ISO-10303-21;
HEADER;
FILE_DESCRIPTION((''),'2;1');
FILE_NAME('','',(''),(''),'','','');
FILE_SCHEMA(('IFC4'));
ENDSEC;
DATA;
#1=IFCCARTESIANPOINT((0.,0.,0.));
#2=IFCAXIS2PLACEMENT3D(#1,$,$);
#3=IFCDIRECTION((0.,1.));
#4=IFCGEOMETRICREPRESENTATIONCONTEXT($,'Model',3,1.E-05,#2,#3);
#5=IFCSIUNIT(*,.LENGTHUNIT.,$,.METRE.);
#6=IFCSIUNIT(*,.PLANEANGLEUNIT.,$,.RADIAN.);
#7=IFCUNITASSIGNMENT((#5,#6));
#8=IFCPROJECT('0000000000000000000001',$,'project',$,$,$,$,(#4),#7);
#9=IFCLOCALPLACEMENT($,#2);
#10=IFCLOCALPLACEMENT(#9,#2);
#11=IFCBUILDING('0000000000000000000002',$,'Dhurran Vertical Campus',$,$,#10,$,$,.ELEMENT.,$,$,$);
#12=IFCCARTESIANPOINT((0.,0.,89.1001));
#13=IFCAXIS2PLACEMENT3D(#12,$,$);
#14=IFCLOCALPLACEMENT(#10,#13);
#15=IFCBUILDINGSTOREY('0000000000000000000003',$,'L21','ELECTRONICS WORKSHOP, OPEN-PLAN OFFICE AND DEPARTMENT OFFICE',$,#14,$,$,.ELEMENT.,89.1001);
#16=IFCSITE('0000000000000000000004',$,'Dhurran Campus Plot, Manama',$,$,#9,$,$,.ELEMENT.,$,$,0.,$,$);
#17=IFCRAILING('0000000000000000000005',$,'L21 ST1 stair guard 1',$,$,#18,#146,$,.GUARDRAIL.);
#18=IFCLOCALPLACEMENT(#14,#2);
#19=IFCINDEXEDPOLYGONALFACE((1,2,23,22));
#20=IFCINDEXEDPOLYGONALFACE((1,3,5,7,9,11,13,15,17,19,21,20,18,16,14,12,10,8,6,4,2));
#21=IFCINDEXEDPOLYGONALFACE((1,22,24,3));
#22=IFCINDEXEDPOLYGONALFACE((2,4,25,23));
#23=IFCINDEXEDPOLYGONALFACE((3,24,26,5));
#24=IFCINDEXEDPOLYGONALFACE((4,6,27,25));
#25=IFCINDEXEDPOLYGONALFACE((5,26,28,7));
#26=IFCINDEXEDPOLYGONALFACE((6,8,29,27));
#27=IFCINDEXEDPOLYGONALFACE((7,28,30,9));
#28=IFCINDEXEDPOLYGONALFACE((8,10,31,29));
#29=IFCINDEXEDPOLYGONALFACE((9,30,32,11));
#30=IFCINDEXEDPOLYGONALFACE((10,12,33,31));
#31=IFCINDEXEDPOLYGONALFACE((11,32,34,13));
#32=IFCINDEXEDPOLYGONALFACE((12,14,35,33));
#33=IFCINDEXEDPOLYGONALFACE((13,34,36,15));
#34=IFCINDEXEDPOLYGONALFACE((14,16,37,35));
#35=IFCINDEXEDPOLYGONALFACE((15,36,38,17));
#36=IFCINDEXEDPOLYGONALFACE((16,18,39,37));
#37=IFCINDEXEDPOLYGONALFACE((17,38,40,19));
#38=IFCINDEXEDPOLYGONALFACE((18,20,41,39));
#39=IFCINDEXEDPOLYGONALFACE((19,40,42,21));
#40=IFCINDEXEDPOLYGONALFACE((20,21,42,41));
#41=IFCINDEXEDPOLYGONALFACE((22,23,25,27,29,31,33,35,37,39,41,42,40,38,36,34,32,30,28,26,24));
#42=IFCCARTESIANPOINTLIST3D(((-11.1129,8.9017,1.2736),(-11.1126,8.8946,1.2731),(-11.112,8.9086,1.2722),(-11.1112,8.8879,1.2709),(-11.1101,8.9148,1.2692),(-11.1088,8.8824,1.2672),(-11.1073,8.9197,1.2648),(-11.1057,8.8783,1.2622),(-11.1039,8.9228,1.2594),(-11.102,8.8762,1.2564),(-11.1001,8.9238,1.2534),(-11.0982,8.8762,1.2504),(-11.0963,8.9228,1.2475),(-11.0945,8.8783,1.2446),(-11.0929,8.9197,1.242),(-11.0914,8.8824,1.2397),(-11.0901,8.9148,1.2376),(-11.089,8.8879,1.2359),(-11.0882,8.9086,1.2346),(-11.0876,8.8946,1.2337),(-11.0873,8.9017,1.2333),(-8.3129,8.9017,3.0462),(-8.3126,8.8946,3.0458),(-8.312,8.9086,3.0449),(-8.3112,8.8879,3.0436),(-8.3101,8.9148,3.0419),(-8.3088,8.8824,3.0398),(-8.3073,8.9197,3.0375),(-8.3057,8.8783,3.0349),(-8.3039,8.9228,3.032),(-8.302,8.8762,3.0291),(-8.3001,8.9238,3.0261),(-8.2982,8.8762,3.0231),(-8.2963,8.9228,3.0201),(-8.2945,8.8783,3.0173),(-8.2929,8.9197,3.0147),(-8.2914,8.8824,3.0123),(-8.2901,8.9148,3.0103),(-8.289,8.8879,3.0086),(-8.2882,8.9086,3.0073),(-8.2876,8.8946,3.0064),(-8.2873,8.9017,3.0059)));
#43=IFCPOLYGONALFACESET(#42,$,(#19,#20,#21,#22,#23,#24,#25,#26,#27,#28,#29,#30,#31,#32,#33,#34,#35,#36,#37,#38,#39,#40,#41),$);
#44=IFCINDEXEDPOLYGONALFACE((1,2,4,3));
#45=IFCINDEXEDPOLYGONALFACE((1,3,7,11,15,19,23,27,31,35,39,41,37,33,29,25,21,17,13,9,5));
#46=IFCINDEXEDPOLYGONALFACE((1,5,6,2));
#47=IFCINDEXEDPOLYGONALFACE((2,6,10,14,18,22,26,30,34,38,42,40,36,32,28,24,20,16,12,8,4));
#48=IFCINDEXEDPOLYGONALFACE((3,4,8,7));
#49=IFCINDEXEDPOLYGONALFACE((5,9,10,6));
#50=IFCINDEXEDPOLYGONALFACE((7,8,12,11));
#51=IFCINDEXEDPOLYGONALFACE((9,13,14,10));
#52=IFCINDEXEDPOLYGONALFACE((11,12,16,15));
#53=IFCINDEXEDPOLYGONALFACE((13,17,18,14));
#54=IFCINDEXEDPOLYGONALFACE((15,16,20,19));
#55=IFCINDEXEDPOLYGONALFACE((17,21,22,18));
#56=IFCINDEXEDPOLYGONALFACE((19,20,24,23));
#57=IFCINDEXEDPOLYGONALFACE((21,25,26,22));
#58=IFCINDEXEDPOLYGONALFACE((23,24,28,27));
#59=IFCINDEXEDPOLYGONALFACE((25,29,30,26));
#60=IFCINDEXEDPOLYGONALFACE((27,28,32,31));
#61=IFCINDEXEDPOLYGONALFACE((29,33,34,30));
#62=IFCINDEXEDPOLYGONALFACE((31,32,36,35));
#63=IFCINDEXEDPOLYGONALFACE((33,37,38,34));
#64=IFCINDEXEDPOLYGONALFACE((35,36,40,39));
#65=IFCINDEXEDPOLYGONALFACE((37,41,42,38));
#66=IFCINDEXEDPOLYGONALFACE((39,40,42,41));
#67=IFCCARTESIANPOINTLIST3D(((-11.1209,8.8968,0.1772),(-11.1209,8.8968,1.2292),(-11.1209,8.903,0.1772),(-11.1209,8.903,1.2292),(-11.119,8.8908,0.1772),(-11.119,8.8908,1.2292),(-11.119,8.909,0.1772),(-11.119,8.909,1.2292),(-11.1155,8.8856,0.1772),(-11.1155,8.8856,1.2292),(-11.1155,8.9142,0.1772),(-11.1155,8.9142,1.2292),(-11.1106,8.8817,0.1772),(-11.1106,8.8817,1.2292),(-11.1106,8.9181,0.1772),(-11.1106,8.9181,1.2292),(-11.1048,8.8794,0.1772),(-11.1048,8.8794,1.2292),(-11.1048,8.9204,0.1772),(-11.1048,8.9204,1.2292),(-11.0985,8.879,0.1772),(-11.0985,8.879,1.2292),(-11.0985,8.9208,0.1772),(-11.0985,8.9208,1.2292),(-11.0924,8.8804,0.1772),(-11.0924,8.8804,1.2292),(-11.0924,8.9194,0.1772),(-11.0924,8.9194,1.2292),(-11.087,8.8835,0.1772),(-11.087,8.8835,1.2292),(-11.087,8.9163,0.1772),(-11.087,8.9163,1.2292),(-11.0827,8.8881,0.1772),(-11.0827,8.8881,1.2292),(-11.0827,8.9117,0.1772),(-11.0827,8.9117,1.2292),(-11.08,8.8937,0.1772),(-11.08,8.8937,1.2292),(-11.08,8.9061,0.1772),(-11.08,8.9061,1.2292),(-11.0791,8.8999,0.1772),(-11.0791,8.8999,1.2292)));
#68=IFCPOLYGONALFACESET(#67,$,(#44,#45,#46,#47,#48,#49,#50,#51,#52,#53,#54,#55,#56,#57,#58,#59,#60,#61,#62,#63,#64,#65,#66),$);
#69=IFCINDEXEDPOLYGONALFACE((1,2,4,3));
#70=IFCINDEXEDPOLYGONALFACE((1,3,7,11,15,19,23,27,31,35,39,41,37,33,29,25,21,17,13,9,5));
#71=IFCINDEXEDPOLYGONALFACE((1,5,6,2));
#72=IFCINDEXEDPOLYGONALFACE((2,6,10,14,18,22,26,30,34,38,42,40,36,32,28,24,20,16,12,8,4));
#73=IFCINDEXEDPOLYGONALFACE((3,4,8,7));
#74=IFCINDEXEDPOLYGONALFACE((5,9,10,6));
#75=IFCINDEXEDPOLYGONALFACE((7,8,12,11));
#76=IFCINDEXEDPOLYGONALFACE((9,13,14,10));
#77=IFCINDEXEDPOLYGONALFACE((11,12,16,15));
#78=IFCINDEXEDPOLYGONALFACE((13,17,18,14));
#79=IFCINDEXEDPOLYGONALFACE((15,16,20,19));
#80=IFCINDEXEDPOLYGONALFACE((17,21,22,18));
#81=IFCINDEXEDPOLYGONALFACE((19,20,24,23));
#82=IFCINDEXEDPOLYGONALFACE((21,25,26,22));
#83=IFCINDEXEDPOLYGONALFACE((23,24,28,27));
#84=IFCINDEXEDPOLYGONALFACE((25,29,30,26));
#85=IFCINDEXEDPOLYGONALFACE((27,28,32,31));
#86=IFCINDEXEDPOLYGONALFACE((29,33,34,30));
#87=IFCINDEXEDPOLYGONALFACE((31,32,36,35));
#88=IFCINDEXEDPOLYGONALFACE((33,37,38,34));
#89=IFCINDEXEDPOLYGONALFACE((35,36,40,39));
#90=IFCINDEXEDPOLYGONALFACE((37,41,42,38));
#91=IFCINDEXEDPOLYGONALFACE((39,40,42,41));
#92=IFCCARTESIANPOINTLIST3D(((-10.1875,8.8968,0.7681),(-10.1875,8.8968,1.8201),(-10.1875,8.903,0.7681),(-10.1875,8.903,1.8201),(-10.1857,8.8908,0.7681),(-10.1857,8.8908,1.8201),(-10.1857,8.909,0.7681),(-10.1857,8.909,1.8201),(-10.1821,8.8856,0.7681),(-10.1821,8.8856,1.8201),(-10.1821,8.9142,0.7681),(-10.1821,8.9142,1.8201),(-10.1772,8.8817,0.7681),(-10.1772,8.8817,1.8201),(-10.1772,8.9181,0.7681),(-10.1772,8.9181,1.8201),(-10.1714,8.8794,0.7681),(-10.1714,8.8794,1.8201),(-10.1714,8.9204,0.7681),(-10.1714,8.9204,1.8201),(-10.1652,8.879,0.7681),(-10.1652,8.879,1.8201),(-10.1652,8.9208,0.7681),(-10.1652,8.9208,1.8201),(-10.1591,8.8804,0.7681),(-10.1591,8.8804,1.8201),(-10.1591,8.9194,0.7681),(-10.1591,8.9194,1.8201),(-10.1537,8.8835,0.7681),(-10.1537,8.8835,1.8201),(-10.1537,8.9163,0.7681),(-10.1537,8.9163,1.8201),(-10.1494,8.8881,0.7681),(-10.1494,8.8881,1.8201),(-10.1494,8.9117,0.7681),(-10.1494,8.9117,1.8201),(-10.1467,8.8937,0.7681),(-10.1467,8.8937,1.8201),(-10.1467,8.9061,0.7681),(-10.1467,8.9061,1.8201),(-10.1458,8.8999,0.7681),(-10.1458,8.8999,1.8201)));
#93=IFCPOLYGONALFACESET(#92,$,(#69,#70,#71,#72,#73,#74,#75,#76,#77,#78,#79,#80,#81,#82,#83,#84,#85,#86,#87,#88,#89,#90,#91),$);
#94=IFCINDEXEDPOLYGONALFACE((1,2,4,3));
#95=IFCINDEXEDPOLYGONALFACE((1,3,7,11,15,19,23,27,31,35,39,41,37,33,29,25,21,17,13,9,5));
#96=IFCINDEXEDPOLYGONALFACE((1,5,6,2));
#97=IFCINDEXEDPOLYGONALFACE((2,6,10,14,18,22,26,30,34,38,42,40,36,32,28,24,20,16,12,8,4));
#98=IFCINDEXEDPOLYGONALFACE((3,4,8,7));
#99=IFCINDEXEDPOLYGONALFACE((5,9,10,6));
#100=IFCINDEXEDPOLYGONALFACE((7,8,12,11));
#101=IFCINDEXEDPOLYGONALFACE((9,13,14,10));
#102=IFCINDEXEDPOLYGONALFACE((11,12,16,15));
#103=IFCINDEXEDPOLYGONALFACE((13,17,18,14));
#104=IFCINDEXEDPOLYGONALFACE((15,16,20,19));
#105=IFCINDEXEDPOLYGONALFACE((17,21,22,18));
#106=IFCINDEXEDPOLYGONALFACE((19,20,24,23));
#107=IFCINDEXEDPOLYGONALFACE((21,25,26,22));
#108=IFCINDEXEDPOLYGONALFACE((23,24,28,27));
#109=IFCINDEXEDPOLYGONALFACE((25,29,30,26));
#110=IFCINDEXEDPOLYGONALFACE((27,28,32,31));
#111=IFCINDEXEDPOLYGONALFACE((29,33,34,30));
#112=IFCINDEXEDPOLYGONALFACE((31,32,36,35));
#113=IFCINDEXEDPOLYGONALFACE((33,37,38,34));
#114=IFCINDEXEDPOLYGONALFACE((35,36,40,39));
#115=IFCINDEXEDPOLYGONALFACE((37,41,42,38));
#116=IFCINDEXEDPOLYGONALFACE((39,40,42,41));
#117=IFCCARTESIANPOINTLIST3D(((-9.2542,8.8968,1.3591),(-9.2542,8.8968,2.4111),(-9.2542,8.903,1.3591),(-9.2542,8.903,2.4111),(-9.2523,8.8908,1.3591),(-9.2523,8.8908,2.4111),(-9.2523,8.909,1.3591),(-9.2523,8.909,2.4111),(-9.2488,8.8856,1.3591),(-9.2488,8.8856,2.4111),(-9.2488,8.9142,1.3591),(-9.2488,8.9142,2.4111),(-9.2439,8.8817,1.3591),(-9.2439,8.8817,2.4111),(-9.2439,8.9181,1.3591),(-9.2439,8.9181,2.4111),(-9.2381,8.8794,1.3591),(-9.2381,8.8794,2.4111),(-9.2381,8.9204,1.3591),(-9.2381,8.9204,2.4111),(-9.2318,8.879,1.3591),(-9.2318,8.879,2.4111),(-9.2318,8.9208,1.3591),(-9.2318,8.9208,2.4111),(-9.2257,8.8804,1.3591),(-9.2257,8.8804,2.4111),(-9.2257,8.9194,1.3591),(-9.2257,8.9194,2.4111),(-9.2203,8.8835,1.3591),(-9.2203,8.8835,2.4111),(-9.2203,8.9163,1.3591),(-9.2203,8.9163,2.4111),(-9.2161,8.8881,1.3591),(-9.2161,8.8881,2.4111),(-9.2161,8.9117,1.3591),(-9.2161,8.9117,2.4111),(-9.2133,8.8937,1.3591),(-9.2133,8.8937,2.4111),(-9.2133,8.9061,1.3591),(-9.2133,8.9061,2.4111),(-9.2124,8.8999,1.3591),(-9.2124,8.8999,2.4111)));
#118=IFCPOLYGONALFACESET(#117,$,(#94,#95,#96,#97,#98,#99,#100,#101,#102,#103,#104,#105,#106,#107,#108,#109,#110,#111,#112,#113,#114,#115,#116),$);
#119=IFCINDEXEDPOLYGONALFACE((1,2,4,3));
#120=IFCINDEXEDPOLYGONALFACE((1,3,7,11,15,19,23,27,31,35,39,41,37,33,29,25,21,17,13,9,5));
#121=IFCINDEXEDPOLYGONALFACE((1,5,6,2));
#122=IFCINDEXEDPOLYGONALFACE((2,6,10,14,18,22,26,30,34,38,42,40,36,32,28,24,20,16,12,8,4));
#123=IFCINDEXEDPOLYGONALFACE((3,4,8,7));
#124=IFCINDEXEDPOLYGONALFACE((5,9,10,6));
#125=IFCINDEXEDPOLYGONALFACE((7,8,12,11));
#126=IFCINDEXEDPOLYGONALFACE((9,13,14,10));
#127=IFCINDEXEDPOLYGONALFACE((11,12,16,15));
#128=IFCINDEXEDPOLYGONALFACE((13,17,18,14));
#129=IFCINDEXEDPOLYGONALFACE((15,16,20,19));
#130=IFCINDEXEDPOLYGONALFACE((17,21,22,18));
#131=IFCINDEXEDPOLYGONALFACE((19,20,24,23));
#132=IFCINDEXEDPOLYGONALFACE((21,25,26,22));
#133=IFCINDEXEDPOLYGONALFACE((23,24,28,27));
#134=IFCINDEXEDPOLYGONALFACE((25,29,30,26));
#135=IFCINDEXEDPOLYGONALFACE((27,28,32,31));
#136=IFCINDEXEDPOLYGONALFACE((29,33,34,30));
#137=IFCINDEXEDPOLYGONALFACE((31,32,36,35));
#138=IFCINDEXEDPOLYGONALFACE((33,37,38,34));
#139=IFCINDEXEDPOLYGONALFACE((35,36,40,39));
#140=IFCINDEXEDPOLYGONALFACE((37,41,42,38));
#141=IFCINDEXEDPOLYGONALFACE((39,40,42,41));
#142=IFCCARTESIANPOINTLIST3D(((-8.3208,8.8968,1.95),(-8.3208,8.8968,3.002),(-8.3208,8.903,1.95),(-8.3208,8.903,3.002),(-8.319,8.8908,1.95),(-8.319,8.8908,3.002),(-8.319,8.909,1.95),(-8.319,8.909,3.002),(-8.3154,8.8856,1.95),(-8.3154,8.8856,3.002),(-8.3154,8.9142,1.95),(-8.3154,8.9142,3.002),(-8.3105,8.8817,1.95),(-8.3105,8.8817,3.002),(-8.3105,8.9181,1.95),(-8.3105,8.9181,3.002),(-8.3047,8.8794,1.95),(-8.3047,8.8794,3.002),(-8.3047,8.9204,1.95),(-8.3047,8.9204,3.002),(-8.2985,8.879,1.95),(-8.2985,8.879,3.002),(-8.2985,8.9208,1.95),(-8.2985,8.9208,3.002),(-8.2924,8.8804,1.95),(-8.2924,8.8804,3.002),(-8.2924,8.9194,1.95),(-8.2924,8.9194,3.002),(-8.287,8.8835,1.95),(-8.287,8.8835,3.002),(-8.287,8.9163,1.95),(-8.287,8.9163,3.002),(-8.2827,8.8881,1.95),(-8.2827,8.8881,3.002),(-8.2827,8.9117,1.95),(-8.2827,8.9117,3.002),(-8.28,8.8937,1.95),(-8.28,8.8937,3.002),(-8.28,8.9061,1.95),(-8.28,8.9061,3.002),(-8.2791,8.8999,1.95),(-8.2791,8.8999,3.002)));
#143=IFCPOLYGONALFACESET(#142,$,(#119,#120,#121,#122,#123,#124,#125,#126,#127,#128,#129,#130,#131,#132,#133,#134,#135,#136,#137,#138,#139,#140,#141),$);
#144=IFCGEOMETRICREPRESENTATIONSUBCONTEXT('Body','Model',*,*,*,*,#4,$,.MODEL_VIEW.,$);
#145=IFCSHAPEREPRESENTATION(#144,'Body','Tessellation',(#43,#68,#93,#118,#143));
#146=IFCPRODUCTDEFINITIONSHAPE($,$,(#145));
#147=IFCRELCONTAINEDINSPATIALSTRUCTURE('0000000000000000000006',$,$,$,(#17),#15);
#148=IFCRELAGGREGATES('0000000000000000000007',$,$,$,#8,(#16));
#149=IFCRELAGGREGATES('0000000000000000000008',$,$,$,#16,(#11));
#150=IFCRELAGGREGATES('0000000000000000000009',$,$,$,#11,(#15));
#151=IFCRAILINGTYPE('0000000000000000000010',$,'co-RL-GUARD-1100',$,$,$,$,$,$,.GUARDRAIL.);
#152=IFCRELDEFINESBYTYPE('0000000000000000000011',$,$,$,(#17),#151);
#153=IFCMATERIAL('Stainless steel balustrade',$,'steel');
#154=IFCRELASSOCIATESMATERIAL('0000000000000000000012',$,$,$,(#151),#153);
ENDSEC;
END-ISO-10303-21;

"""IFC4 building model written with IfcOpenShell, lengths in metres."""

from ifc_helpers import new_model, si_unit, direction, frame, origin, origin_2d, place, context, subcontext, project, spatial, circle, extrude, material, type_object, element, save


model = new_model("IFC4")

# Units and contexts
model_context = context("Model", 3, precision=1e-05, world=origin(), true_north=direction((0.0, 1.0)))
body_context = subcontext(model_context, "Body", "Model", "MODEL_VIEW")
ifc_project = project(units=[si_unit("LENGTHUNIT", "METRE"), si_unit("PLANEANGLEUNIT", "RADIAN")], contexts=[model_context])

# Site, building, storey
site_placement = place(None, origin())
site = spatial("IfcSite", under=ifc_project, at=site_placement, Name="Dhurran Campus Plot, Manama", CompositionType="ELEMENT", RefElevation=0.0)
building_placement = place(site_placement, origin())
building = spatial("IfcBuilding", under=site, at=building_placement, Name="Dhurran Vertical Campus", CompositionType="ELEMENT")
storey_placement = place(building_placement, frame((0.0, 0.0, 89.1001)))
storey = spatial("IfcBuildingStorey", under=building, at=storey_placement, Name="L21", Description="ELECTRONICS WORKSHOP, OPEN-PLAN OFFICE AND DEPARTMENT OFFICE", CompositionType="ELEMENT", Elevation=89.1001)

# Railing
ifc_material_1 = material(Name="Stainless steel balustrade", Category="steel")
railing_type_1 = type_object("IfcRailingType", Name="co-RL-GUARD-1100", PredefinedType="GUARDRAIL", material=ifc_material_1)
railing_1_placement = place(storey_placement, frame((-11.1001, 8.8999, 0.1772)))
element("IfcRailing", 1, at=railing_1_placement, inside=storey, type_object=railing_type_1, Name="L21 ST1 stair guard 1", PredefinedType="GUARDRAIL", context=body_context, shape_type="SweptSolid", body=[
    extrude(circle(Radius=0.0239, at=origin_2d()), frame((0.0, 0.0, 1.0762), z_axis=(0.844909, 0.0, 0.53491), x_axis=(0.0, 1.0, 0.0)), (0.0, 0.0, 1.0), 3.314),
    extrude(circle(Radius=0.021, at=origin_2d()), origin(), (0.0, 0.0, 1.0), 1.052),
    extrude(circle(Radius=0.021, at=origin_2d()), frame((0.9333, 0.0, 0.5908)), (0.0, 0.0, 1.0), 1.052),
    extrude(circle(Radius=0.021, at=origin_2d()), frame((1.8667, 0.0, 1.1819)), (0.0, 0.0, 1.0), 1.052),
    extrude(circle(Radius=0.021, at=origin_2d()), frame((2.8, 0.0, 1.7727)), (0.0, 0.0, 1.0), 1.052),
])

save(model, "model.ifc")
